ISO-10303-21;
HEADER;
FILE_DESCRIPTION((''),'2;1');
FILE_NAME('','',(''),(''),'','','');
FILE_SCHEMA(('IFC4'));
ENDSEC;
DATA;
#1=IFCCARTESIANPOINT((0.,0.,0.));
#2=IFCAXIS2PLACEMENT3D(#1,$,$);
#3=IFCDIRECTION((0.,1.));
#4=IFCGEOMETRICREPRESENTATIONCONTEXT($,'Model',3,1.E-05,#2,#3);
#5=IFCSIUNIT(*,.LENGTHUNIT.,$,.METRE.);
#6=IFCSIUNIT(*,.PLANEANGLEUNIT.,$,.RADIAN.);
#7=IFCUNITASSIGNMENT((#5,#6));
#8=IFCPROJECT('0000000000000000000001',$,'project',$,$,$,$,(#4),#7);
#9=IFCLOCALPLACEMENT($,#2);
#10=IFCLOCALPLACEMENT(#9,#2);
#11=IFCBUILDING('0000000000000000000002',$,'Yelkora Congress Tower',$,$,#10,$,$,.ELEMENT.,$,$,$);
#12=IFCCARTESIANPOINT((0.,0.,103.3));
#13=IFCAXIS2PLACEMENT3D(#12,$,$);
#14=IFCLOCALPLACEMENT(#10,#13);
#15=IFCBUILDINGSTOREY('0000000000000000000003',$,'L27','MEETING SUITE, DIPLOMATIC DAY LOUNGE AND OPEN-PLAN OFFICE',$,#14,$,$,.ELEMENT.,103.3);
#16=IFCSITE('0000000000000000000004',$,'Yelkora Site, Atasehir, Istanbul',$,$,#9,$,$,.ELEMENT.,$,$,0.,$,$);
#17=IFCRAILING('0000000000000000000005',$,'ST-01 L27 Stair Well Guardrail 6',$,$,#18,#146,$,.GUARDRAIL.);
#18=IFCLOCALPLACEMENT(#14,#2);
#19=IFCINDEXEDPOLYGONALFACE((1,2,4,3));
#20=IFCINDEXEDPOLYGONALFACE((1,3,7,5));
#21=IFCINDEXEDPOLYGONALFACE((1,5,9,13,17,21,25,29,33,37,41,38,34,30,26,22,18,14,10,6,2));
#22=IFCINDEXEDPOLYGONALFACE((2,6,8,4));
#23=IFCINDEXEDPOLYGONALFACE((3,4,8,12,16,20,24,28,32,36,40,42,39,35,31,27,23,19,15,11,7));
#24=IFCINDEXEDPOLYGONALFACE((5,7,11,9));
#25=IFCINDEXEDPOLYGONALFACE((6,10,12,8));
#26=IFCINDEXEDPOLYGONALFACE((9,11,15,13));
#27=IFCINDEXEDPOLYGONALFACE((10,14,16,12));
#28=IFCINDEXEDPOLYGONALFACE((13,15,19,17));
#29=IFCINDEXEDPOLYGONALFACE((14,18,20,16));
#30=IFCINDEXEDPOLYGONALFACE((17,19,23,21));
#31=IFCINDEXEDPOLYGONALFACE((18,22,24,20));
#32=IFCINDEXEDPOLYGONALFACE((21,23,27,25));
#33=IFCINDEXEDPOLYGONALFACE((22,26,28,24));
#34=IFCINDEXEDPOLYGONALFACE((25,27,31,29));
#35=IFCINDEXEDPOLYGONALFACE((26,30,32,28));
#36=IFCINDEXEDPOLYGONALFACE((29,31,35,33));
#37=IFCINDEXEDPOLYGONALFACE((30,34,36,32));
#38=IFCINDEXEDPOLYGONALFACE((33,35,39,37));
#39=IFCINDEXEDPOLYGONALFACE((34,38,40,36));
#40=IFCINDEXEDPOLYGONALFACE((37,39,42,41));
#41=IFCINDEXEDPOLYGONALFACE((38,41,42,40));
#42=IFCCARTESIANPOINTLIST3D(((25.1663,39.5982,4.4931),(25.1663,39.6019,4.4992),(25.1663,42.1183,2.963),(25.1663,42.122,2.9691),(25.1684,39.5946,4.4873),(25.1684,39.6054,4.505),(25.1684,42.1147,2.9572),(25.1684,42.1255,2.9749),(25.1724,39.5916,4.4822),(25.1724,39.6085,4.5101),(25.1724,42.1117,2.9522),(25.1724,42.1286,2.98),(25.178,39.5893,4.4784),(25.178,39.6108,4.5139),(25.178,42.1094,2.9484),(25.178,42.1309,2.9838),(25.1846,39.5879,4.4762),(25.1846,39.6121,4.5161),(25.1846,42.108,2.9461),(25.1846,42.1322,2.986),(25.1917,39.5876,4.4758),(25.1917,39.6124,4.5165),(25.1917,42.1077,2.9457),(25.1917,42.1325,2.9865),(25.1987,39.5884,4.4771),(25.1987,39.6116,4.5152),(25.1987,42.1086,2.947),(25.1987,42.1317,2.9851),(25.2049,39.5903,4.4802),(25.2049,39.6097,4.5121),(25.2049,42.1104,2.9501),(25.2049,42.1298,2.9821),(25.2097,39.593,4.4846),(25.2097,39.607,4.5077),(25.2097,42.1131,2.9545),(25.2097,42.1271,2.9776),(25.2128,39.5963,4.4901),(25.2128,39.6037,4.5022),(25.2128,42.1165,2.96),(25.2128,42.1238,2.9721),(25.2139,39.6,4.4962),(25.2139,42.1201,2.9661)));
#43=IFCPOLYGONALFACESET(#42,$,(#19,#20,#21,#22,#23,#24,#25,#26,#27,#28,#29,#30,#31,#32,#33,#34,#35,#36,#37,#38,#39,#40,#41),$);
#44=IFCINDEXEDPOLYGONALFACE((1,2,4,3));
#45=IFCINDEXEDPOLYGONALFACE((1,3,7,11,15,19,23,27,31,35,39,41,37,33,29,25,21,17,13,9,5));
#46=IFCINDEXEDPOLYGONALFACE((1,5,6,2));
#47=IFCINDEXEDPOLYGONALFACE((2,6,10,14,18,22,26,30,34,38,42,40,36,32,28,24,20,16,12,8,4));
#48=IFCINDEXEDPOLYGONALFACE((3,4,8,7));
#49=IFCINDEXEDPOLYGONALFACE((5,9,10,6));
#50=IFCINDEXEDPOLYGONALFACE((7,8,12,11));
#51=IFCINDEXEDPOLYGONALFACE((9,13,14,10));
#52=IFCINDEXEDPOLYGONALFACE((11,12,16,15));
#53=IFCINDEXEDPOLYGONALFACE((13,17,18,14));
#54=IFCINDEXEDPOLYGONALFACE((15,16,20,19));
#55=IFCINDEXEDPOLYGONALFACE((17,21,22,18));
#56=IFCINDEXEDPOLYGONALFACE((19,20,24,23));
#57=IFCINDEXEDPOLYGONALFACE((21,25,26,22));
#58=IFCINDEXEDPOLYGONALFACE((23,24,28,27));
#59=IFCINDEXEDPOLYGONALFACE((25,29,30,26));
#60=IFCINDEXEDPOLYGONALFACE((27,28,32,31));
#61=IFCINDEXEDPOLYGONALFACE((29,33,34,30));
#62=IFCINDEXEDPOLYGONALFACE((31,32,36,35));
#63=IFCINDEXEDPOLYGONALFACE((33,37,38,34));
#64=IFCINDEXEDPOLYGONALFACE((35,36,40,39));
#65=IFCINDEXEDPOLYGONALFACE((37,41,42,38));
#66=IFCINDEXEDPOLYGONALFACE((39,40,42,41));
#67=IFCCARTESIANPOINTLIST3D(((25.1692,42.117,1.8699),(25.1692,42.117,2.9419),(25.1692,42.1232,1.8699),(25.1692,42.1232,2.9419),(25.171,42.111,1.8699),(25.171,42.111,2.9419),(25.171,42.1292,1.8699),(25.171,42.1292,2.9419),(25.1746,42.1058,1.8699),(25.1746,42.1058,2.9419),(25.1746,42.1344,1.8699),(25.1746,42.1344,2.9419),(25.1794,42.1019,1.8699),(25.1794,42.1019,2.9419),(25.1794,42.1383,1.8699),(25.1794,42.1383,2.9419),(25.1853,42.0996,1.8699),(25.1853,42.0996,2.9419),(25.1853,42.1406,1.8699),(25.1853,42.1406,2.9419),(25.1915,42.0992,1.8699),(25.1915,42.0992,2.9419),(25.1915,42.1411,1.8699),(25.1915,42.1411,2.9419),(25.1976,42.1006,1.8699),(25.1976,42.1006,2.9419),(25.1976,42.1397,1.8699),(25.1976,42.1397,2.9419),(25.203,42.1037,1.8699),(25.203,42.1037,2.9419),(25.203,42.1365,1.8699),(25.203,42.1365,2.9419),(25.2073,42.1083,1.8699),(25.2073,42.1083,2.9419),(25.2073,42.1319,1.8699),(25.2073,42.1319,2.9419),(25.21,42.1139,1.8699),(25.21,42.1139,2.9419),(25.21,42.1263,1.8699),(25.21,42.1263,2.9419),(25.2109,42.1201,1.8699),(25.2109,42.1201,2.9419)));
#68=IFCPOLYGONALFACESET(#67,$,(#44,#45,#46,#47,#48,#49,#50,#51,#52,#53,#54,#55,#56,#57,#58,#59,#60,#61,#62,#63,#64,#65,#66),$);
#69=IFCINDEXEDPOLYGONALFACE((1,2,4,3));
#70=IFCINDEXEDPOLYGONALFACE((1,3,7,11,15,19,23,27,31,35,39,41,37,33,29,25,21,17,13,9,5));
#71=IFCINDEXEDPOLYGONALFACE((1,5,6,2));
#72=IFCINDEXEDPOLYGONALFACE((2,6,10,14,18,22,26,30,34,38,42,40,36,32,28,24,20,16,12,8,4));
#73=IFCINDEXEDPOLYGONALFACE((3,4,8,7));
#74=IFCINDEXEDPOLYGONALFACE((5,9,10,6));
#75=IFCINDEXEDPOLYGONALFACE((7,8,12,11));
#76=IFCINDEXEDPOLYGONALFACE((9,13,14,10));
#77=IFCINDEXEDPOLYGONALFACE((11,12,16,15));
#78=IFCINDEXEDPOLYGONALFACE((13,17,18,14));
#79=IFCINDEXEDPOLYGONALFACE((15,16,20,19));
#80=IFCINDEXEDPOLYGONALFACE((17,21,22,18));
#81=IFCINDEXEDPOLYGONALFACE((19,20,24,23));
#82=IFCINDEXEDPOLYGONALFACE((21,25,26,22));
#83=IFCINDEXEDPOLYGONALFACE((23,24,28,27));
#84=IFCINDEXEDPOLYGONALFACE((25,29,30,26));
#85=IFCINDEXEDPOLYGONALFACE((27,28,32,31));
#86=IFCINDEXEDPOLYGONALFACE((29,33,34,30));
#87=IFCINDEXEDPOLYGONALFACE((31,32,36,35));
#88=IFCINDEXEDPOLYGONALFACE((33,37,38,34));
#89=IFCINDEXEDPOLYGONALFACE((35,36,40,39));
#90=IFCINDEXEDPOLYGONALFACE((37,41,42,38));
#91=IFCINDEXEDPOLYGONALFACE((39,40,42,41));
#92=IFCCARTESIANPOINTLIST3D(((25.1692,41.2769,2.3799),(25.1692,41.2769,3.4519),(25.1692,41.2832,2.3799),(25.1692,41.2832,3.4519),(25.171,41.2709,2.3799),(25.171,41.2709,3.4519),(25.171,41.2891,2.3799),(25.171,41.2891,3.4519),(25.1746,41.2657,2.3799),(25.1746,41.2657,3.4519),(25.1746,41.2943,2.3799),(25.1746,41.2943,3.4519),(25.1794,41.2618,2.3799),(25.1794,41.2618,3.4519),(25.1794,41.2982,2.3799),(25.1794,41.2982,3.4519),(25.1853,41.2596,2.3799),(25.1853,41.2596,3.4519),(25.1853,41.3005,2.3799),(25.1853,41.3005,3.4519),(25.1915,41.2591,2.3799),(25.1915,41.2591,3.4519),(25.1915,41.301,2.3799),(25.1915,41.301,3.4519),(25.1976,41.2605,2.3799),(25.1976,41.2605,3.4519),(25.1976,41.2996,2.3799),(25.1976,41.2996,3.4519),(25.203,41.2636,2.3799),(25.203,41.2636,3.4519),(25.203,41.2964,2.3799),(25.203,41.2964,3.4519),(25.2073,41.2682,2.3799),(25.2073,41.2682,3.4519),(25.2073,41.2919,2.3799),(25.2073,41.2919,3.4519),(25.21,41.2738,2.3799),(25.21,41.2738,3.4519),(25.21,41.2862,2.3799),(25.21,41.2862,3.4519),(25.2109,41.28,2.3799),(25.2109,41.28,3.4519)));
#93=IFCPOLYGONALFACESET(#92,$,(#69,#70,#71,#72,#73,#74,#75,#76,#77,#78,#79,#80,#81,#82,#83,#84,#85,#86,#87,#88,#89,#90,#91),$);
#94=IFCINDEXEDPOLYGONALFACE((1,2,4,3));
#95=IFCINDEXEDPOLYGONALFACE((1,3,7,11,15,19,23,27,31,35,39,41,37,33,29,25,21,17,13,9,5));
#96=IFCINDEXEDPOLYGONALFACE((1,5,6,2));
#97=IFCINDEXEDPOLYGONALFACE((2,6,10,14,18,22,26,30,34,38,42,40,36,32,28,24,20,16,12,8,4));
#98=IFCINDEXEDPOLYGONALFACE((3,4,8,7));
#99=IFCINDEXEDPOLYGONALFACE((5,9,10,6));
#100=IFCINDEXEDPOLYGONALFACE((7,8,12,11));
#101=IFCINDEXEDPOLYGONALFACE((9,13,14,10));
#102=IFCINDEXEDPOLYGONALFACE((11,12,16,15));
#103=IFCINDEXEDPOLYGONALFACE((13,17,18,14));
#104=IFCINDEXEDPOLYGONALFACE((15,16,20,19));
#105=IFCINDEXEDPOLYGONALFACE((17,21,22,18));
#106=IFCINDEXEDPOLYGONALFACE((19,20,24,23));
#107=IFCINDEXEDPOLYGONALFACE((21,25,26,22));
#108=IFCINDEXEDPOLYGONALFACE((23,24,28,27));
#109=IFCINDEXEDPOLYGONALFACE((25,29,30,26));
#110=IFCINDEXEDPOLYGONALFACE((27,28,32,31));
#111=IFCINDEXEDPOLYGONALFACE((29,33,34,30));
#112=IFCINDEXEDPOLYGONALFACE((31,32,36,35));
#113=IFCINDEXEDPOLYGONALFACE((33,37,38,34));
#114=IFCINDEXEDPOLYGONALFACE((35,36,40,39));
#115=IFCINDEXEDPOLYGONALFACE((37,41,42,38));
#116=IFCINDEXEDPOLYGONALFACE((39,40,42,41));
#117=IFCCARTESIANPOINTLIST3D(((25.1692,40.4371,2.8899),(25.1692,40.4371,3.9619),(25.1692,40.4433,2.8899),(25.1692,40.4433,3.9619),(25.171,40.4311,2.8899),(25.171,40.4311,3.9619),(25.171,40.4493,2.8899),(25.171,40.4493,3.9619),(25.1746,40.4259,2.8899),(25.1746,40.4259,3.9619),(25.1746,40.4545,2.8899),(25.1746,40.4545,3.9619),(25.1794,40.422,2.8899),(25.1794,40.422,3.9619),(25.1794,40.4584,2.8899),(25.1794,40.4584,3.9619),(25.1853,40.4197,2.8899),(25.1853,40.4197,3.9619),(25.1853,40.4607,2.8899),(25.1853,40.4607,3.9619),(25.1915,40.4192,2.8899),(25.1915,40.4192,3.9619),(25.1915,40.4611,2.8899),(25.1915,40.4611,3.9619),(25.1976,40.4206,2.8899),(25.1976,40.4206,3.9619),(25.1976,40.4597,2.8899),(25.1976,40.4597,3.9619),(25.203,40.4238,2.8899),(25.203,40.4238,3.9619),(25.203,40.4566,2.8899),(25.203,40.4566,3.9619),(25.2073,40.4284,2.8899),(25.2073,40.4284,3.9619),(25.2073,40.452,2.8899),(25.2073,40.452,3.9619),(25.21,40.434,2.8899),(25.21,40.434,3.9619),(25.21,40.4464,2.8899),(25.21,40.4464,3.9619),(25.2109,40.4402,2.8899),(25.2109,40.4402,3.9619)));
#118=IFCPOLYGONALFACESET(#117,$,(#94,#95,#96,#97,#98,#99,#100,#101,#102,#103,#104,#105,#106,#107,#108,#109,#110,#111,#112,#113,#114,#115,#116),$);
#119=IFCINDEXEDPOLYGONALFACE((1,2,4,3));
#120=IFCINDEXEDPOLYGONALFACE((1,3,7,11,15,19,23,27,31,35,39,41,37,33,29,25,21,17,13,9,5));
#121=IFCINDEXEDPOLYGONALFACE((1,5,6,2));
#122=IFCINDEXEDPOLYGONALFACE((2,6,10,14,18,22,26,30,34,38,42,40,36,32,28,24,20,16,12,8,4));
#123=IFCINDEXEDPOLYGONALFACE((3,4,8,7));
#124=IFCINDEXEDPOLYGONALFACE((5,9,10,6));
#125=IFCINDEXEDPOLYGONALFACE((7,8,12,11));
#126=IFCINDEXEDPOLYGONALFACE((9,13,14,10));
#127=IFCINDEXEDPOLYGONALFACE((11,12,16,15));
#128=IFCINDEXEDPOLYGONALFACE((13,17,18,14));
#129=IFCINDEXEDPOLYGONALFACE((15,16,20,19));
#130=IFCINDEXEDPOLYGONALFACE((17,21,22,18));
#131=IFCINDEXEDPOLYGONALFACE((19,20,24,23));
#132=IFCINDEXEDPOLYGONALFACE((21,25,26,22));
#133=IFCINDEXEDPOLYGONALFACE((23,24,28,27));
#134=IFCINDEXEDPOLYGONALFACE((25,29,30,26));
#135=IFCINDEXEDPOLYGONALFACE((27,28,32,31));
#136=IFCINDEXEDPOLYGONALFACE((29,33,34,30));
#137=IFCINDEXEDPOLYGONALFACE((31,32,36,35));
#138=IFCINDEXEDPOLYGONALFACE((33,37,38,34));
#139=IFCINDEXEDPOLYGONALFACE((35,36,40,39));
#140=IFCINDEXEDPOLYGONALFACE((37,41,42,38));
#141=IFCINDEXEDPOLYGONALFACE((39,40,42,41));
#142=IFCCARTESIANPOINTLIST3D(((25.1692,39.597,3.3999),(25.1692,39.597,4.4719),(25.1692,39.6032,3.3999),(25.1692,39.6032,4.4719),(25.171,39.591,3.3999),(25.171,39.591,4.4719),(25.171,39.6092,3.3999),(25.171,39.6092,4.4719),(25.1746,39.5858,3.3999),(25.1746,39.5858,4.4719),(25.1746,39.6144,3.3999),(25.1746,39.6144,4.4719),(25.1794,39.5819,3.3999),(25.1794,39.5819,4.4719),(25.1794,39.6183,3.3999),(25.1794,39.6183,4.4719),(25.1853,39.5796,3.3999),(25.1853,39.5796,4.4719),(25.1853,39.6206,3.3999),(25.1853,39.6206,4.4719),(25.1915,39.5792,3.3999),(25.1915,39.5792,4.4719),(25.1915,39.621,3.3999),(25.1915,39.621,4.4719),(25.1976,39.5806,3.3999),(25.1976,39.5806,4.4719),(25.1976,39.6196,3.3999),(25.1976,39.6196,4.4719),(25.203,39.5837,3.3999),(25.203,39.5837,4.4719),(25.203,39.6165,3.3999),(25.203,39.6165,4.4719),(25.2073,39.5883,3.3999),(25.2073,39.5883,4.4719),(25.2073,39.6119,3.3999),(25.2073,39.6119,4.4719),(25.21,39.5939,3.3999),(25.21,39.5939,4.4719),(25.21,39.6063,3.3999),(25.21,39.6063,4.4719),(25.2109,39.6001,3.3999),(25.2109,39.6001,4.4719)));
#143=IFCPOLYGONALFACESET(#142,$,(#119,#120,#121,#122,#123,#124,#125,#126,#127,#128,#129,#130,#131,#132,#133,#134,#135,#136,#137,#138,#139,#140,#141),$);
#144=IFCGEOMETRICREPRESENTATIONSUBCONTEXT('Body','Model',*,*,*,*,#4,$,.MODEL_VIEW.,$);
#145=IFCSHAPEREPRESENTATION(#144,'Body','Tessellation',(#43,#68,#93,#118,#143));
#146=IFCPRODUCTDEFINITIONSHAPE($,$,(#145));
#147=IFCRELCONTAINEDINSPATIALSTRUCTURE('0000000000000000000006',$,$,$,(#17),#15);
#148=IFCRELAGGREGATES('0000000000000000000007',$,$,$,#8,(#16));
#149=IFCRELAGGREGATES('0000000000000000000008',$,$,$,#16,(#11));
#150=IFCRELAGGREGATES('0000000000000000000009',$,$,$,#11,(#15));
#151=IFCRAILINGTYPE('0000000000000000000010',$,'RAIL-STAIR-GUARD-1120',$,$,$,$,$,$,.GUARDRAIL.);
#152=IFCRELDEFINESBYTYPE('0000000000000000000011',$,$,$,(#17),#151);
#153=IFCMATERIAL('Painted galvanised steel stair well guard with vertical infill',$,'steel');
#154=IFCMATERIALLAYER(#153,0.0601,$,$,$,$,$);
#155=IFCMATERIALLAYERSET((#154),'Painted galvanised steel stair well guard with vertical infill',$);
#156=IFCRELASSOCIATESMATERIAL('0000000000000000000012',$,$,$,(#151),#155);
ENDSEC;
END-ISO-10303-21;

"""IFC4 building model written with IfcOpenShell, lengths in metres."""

from ifc_helpers import new_model, si_unit, direction, frame, origin, origin_2d, place, context, subcontext, project, spatial, circle, extrude, material, layer, layer_set, type_object, element, save


model = new_model("IFC4")

# Units and contexts
model_context = context("Model", 3, precision=1e-05, world=origin(), true_north=direction((0.0, 1.0)))
body_context = subcontext(model_context, "Body", "Model", "MODEL_VIEW")
ifc_project = project(units=[si_unit("LENGTHUNIT", "METRE"), si_unit("PLANEANGLEUNIT", "RADIAN")], contexts=[model_context])

# Site, building, storey
site_placement = place(None, origin())
site = spatial("IfcSite", under=ifc_project, at=site_placement, Name="Yelkora Site, Atasehir, Istanbul", CompositionType="ELEMENT", RefElevation=0.0)
building_placement = place(site_placement, origin())
building = spatial("IfcBuilding", under=site, at=building_placement, Name="Yelkora Congress Tower", CompositionType="ELEMENT")
storey_placement = place(building_placement, frame((0.0, 0.0, 103.3)))
storey = spatial("IfcBuildingStorey", under=building, at=storey_placement, Name="L27", Description="MEETING SUITE, DIPLOMATIC DAY LOUNGE AND OPEN-PLAN OFFICE", CompositionType="ELEMENT", Elevation=103.3)

# Railing
ifc_material_1 = material(Name="Painted galvanised steel stair well guard with vertical infill", Category="steel")
ifc_layer_1 = layer(ifc_material_1, 0.0601)
ifc_layer_set_1 = layer_set([ifc_layer_1], Name="Painted galvanised steel stair well guard with vertical infill")
railing_type_1 = type_object("IfcRailingType", Name="RAIL-STAIR-GUARD-1120", PredefinedType="GUARDRAIL", material=ifc_layer_set_1)
railing_1_placement = place(storey_placement, frame((25.1899, 42.1201, 1.8699)))
element("IfcRailing", 1, at=railing_1_placement, inside=storey, type_object=railing_type_1, Name="ST-01 L27 Stair Well Guardrail 6", PredefinedType="GUARDRAIL", context=body_context, shape_type="SweptSolid", body=[
    extrude(circle(Radius=0.0239, at=origin_2d()), frame((0.0, 0.0, 1.0962), z_axis=(0.0, -0.854785, 0.518982), x_axis=(1.0, 0.0, 0.0)), (0.0, 0.0, 1.0), 2.9482),
    extrude(circle(Radius=0.021, at=origin_2d()), origin(), (0.0, 0.0, 1.0), 1.072),
    extrude(circle(Radius=0.021, at=origin_2d()), frame((0.0, -0.8401, 0.51)), (0.0, 0.0, 1.0), 1.072),
    extrude(circle(Radius=0.021, at=origin_2d()), frame((0.0, -1.6799, 1.02)), (0.0, 0.0, 1.0), 1.072),
    extrude(circle(Radius=0.021, at=origin_2d()), frame((0.0, -2.52, 1.53)), (0.0, 0.0, 1.0), 1.072),
])

save(model, "model.ifc")
